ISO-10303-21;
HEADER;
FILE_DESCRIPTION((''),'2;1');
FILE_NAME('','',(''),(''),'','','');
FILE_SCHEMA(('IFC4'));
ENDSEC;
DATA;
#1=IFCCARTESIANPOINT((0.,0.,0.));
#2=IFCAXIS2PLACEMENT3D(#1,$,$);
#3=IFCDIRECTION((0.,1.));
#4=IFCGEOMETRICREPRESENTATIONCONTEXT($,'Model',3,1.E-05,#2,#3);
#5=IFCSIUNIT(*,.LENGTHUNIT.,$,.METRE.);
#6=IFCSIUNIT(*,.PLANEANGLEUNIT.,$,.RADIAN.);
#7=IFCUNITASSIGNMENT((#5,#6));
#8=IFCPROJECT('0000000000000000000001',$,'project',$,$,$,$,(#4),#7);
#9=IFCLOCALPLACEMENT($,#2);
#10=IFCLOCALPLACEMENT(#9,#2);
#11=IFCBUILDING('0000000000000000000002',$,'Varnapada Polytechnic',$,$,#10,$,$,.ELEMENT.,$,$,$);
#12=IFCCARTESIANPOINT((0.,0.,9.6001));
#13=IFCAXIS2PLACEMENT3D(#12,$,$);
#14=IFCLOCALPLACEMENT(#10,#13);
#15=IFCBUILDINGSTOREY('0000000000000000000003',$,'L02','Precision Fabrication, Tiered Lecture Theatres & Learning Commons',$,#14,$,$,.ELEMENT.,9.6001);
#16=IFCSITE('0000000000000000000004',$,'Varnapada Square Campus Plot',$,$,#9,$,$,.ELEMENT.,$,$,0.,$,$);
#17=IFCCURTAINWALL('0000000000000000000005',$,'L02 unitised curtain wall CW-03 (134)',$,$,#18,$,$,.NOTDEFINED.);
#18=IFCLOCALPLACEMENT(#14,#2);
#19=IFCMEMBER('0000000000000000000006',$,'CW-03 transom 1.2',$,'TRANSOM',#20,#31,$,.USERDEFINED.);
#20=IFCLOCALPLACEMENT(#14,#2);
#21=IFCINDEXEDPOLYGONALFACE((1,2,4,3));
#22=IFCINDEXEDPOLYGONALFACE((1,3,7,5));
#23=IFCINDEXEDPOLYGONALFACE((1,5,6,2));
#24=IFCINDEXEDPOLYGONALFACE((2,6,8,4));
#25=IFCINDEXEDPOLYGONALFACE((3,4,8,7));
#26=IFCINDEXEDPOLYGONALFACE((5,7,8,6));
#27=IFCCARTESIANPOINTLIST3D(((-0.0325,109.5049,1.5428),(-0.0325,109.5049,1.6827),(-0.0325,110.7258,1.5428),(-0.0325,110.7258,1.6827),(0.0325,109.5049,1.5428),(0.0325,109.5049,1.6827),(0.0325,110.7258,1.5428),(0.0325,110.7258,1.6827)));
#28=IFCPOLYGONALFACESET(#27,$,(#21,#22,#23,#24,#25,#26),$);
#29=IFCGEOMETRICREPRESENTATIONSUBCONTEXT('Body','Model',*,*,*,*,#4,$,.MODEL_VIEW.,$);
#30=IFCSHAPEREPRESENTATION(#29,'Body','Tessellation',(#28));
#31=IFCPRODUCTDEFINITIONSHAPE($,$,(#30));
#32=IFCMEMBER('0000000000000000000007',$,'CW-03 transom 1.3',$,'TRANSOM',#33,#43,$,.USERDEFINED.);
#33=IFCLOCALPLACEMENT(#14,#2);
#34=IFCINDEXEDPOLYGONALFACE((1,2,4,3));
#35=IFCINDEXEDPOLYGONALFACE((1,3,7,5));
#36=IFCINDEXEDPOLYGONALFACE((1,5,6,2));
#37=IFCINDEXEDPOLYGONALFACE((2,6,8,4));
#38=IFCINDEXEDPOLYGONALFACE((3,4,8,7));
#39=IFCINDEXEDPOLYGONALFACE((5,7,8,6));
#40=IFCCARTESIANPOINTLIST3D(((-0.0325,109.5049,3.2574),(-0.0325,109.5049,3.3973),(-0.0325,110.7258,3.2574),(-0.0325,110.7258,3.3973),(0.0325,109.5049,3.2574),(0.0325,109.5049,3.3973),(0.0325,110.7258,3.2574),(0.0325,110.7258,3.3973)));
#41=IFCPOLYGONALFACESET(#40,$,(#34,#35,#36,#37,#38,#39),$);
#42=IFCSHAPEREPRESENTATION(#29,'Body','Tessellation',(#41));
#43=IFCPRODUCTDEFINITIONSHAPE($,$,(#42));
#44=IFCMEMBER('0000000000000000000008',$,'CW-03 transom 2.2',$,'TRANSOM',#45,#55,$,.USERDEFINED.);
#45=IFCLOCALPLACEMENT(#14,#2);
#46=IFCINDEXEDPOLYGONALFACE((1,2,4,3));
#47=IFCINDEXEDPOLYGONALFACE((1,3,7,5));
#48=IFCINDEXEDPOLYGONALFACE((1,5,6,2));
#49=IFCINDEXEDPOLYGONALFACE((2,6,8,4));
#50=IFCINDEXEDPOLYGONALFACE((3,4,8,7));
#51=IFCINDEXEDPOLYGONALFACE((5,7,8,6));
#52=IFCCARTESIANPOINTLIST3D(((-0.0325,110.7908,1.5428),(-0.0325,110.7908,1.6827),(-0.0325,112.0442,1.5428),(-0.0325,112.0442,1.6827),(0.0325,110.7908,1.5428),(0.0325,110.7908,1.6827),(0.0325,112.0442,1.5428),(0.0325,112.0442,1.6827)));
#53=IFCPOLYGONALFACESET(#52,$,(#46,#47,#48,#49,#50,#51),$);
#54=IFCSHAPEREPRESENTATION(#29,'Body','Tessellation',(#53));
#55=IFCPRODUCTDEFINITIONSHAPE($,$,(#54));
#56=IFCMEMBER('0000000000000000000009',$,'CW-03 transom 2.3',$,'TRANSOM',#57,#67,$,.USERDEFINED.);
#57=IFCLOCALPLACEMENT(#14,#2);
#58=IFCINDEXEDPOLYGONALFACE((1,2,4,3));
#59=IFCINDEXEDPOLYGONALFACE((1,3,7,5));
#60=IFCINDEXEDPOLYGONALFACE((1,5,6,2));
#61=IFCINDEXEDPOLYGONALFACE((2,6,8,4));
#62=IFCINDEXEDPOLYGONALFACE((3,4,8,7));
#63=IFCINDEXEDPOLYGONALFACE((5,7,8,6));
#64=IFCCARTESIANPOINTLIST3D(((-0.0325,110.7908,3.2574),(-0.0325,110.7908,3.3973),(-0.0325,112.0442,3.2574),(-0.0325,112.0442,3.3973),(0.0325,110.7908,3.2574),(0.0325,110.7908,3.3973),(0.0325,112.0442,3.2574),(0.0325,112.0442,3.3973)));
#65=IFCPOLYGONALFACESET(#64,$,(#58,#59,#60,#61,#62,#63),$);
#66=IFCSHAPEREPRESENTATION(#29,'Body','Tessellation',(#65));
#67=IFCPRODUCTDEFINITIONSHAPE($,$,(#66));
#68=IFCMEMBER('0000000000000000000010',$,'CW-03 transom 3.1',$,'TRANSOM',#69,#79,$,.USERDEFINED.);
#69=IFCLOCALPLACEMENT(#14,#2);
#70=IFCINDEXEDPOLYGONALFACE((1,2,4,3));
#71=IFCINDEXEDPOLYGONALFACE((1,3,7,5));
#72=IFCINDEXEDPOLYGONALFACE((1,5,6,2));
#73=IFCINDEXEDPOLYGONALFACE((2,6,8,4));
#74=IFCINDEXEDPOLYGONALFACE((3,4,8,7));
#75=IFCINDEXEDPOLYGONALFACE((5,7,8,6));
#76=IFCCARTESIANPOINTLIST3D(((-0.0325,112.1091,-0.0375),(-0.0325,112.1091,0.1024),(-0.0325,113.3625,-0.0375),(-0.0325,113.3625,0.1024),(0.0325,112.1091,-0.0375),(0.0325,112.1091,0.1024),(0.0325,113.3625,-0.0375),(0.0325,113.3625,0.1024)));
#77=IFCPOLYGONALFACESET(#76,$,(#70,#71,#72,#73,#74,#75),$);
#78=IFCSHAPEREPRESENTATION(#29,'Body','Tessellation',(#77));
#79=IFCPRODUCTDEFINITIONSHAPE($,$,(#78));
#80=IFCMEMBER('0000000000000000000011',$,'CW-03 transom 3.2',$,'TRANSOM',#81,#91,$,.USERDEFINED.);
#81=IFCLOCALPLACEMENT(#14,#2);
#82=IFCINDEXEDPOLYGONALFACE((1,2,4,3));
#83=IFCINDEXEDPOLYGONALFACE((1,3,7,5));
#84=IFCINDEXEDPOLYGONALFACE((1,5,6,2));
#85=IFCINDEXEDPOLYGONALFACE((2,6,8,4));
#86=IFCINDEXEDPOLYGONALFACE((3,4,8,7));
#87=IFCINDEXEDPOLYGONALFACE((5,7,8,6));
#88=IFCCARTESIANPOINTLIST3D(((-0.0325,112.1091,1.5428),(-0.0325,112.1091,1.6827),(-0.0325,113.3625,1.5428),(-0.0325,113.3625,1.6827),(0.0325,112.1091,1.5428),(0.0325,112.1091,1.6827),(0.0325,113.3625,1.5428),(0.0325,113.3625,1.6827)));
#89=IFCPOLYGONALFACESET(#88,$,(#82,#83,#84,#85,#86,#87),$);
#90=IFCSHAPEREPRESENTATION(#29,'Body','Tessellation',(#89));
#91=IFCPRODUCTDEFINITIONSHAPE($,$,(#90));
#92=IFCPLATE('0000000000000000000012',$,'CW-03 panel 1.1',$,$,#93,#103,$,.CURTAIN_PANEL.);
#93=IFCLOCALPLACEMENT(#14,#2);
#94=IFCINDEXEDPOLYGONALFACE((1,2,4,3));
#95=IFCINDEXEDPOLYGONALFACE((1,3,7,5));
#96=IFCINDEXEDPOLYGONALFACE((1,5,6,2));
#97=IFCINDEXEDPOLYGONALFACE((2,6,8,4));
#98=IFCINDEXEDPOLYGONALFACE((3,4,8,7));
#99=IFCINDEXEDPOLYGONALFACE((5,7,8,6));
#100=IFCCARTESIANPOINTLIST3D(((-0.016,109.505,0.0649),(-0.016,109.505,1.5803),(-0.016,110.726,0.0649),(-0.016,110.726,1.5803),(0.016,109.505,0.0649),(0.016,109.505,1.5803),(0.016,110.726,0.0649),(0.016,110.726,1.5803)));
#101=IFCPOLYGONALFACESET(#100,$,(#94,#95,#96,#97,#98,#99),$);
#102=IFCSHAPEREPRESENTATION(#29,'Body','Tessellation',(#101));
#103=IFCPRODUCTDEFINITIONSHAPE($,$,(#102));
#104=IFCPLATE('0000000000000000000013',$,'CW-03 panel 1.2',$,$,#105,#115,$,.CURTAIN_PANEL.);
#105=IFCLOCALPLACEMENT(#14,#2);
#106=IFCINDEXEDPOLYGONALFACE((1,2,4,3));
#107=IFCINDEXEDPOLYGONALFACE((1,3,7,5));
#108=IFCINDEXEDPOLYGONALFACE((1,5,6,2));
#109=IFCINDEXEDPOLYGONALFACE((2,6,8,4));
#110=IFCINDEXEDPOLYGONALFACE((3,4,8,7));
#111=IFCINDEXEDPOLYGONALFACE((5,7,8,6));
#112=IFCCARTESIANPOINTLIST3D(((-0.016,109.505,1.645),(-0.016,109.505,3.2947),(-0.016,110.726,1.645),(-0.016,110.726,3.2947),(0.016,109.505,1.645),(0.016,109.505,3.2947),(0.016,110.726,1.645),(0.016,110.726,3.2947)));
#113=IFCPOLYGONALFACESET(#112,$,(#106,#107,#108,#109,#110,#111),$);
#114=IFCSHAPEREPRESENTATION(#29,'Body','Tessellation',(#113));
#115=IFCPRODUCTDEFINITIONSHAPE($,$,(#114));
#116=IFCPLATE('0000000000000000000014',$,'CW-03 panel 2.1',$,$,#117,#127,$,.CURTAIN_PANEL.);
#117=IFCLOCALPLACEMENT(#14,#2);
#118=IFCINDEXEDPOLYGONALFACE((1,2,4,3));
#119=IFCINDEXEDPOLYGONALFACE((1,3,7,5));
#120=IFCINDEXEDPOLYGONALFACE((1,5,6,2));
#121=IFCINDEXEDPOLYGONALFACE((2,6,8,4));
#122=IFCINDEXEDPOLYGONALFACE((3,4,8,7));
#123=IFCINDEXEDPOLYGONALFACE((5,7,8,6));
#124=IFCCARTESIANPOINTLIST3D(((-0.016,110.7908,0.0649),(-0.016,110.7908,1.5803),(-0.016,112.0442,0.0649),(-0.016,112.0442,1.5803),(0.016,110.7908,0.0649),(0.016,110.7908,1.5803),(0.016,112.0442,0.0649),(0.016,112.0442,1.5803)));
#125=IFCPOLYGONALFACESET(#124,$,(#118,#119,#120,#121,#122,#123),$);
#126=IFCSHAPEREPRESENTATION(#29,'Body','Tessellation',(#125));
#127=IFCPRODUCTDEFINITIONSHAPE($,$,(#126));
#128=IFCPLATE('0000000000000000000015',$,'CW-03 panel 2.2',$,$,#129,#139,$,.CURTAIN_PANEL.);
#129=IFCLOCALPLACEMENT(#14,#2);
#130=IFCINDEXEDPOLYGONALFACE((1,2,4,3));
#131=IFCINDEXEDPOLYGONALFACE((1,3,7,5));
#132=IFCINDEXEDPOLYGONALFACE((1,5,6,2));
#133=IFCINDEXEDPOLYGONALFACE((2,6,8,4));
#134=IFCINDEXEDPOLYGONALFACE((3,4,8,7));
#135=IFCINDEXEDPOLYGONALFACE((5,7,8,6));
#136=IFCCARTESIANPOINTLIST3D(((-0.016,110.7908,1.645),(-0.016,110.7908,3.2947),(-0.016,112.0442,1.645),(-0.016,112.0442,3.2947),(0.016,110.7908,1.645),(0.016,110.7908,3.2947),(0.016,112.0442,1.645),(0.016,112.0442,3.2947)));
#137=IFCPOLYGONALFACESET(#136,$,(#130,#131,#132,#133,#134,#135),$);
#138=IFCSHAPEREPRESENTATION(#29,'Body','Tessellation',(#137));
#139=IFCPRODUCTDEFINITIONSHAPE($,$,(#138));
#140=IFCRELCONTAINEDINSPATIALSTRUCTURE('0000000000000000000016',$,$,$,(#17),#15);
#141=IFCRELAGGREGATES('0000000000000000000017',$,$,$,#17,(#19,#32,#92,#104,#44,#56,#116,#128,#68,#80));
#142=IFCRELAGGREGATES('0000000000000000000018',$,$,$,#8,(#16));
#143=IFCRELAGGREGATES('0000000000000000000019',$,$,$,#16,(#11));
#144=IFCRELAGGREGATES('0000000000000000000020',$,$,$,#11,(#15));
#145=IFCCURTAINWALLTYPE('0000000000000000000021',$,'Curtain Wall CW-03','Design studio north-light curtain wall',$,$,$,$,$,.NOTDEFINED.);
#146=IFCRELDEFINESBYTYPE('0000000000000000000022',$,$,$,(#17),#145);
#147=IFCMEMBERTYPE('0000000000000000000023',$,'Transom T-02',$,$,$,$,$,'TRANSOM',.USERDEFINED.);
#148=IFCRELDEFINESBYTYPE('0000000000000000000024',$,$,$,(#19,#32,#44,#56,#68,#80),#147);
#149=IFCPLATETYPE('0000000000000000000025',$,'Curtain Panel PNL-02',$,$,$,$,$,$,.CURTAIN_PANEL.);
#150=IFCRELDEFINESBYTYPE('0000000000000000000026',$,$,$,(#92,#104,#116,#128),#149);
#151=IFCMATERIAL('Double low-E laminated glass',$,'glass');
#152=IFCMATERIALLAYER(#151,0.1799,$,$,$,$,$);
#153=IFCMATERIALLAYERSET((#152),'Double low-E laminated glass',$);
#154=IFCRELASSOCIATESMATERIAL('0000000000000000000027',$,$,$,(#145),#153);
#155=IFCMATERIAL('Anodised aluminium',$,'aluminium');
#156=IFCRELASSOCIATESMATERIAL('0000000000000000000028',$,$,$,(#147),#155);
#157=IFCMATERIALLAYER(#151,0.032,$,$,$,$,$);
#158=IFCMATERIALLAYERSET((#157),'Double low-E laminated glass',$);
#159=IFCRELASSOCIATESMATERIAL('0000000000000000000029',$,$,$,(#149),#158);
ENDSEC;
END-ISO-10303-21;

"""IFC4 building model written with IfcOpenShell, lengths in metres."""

from ifc_helpers import new_model, si_unit, direction, frame, origin, origin_2d, place, context, subcontext, project, spatial, rectangle, extrude, material, layer, layer_set, material_profile, profile_set, type_object, element, aggregate, save


model = new_model("IFC4")

# Units and contexts
model_context = context("Model", 3, precision=1e-05, world=origin(), true_north=direction((0.0, 1.0)))
body_context = subcontext(model_context, "Body", "Model", "MODEL_VIEW")
ifc_project = project(units=[si_unit("LENGTHUNIT", "METRE"), si_unit("PLANEANGLEUNIT", "RADIAN")], contexts=[model_context])

# Site, building, storey
site_placement = place(None, origin())
site = spatial("IfcSite", under=ifc_project, at=site_placement, Name="Varnapada Square Campus Plot", CompositionType="ELEMENT", RefElevation=0.0)
building_placement = place(site_placement, origin())
building = spatial("IfcBuilding", under=site, at=building_placement, Name="Varnapada Polytechnic", CompositionType="ELEMENT")
storey_placement = place(building_placement, frame((0.0, 0.0, 9.6001)))
storey = spatial("IfcBuildingStorey", under=building, at=storey_placement, Name="L02", Description="Precision Fabrication, Tiered Lecture Theatres & Learning Commons", CompositionType="ELEMENT", Elevation=9.6001)

# Curtain wall, members, plates
ifc_material_1 = material(Name="Double low-E laminated glass", Category="glass")
ifc_layer_1 = layer(ifc_material_1, 0.1799)
ifc_layer_set_1 = layer_set([ifc_layer_1], Name="Double low-E laminated glass")
curtain_wall_type = type_object("IfcCurtainWallType", Name="Curtain Wall CW-03", Description="Design studio north-light curtain wall", PredefinedType="NOTDEFINED", material=ifc_layer_set_1)
curtain_wall_placement = place(storey_placement, origin())
curtain_wall = element("IfcCurtainWall", 1, at=curtain_wall_placement, inside=storey, type_object=curtain_wall_type, Name="L02 unitised curtain wall CW-03 (134)", PredefinedType="NOTDEFINED")
ifc_material_2 = material(Name="Anodised aluminium", Category="aluminium")
ifc_material_profile = material_profile(ifc_material_2, rectangle(XDim=0.0649, YDim=0.1399, at=origin_2d()), Name="ALU T65x140")
ifc_profile_set = profile_set([ifc_material_profile], Name="Anodised aluminium")
member_type = type_object("IfcMemberType", Name="Transom T-02", ElementType="TRANSOM", PredefinedType="USERDEFINED", material=ifc_profile_set)
member_1_placement = place(storey_placement, frame((0.0, 109.5049, 1.6128), z_axis=(0.0, 1.0, 0.0), x_axis=(-1.0, 0.0, 0.0)))
member_1 = element("IfcMember", 2, at=member_1_placement, type_object=member_type, Name="CW-03 transom 1.2", ObjectType="TRANSOM", PredefinedType="USERDEFINED", context=body_context, shape_type="SweptSolid", body=[
    extrude(rectangle(XDim=0.0649, YDim=0.1399, at=origin_2d()), origin(), (0.0, 0.0, 1.0), 1.2209),
])
member_2_placement = place(storey_placement, frame((0.0, 109.5049, 3.3274), z_axis=(0.0, 1.0, 0.0), x_axis=(-1.0, 0.0, 0.0)))
member_2 = element("IfcMember", 3, at=member_2_placement, type_object=member_type, Name="CW-03 transom 1.3", ObjectType="TRANSOM", PredefinedType="USERDEFINED", context=body_context, shape_type="SweptSolid", body=[
    extrude(rectangle(XDim=0.0649, YDim=0.1399, at=origin_2d()), origin(), (0.0, 0.0, 1.0), 1.2209),
])
member_3_placement = place(storey_placement, frame((0.0, 110.7908, 1.6128), z_axis=(0.0, 1.0, 0.0), x_axis=(-1.0, 0.0, 0.0)))
member_3 = element("IfcMember", 4, at=member_3_placement, type_object=member_type, Name="CW-03 transom 2.2", ObjectType="TRANSOM", PredefinedType="USERDEFINED", context=body_context, shape_type="SweptSolid", body=[
    extrude(rectangle(XDim=0.0649, YDim=0.1399, at=origin_2d()), origin(), (0.0, 0.0, 1.0), 1.2534),
])
member_4_placement = place(storey_placement, frame((0.0, 110.7908, 3.3274), z_axis=(0.0, 1.0, 0.0), x_axis=(-1.0, 0.0, 0.0)))
member_4 = element("IfcMember", 5, at=member_4_placement, type_object=member_type, Name="CW-03 transom 2.3", ObjectType="TRANSOM", PredefinedType="USERDEFINED", context=body_context, shape_type="SweptSolid", body=[
    extrude(rectangle(XDim=0.0649, YDim=0.1399, at=origin_2d()), origin(), (0.0, 0.0, 1.0), 1.2534),
])
member_5_placement = place(storey_placement, frame((0.0, 112.1091, 0.0325), z_axis=(0.0, 1.0, 0.0), x_axis=(-1.0, 0.0, 0.0)))
member_5 = element("IfcMember", 6, at=member_5_placement, type_object=member_type, Name="CW-03 transom 3.1", ObjectType="TRANSOM", PredefinedType="USERDEFINED", context=body_context, shape_type="SweptSolid", body=[
    extrude(rectangle(XDim=0.0649, YDim=0.1399, at=origin_2d()), origin(), (0.0, 0.0, 1.0), 1.2534),
])
member_6_placement = place(storey_placement, frame((0.0, 112.1091, 1.6128), z_axis=(0.0, 1.0, 0.0), x_axis=(-1.0, 0.0, 0.0)))
member_6 = element("IfcMember", 7, at=member_6_placement, type_object=member_type, Name="CW-03 transom 3.2", ObjectType="TRANSOM", PredefinedType="USERDEFINED", context=body_context, shape_type="SweptSolid", body=[
    extrude(rectangle(XDim=0.0649, YDim=0.1399, at=origin_2d()), origin(), (0.0, 0.0, 1.0), 1.2534),
])
ifc_layer_2 = layer(ifc_material_1, 0.032)
ifc_layer_set_2 = layer_set([ifc_layer_2], Name="Double low-E laminated glass")
plate_type = type_object("IfcPlateType", Name="Curtain Panel PNL-02", PredefinedType="CURTAIN_PANEL", material=ifc_layer_set_2)
plate_1_placement = place(storey_placement, frame((0.0, 110.1155, 0.0649), z_axis=(0.0, 0.0, 1.0), x_axis=(0.0, 1.0, 0.0)))
plate_1 = element("IfcPlate", 8, at=plate_1_placement, type_object=plate_type, Name="CW-03 panel 1.1", PredefinedType="CURTAIN_PANEL", context=body_context, shape_type="SweptSolid", body=[
    extrude(rectangle(XDim=1.2209, YDim=0.032, at=origin_2d()), origin(), (0.0, 0.0, 1.0), 1.5154),
])
plate_2_placement = place(storey_placement, frame((0.0, 110.1155, 1.645), z_axis=(0.0, 0.0, 1.0), x_axis=(0.0, 1.0, 0.0)))
plate_2 = element("IfcPlate", 9, at=plate_2_placement, type_object=plate_type, Name="CW-03 panel 1.2", PredefinedType="CURTAIN_PANEL", context=body_context, shape_type="SweptSolid", body=[
    extrude(rectangle(XDim=1.2209, YDim=0.032, at=origin_2d()), origin(), (0.0, 0.0, 1.0), 1.6497),
])
plate_3_placement = place(storey_placement, frame((0.0, 111.4175, 0.0649), z_axis=(0.0, 0.0, 1.0), x_axis=(0.0, 1.0, 0.0)))
plate_3 = element("IfcPlate", 10, at=plate_3_placement, type_object=plate_type, Name="CW-03 panel 2.1", PredefinedType="CURTAIN_PANEL", context=body_context, shape_type="SweptSolid", body=[
    extrude(rectangle(XDim=1.2534, YDim=0.032, at=origin_2d()), origin(), (0.0, 0.0, 1.0), 1.5154),
])
plate_4_placement = place(storey_placement, frame((0.0, 111.4175, 1.645), z_axis=(0.0, 0.0, 1.0), x_axis=(0.0, 1.0, 0.0)))
plate_4 = element("IfcPlate", 11, at=plate_4_placement, type_object=plate_type, Name="CW-03 panel 2.2", PredefinedType="CURTAIN_PANEL", context=body_context, shape_type="SweptSolid", body=[
    extrude(rectangle(XDim=1.2534, YDim=0.032, at=origin_2d()), origin(), (0.0, 0.0, 1.0), 1.6497),
])
aggregate(curtain_wall, [member_1, member_2, plate_1, plate_2, member_3, member_4, plate_3, plate_4, member_5, member_6])

save(model, "model.ifc")
